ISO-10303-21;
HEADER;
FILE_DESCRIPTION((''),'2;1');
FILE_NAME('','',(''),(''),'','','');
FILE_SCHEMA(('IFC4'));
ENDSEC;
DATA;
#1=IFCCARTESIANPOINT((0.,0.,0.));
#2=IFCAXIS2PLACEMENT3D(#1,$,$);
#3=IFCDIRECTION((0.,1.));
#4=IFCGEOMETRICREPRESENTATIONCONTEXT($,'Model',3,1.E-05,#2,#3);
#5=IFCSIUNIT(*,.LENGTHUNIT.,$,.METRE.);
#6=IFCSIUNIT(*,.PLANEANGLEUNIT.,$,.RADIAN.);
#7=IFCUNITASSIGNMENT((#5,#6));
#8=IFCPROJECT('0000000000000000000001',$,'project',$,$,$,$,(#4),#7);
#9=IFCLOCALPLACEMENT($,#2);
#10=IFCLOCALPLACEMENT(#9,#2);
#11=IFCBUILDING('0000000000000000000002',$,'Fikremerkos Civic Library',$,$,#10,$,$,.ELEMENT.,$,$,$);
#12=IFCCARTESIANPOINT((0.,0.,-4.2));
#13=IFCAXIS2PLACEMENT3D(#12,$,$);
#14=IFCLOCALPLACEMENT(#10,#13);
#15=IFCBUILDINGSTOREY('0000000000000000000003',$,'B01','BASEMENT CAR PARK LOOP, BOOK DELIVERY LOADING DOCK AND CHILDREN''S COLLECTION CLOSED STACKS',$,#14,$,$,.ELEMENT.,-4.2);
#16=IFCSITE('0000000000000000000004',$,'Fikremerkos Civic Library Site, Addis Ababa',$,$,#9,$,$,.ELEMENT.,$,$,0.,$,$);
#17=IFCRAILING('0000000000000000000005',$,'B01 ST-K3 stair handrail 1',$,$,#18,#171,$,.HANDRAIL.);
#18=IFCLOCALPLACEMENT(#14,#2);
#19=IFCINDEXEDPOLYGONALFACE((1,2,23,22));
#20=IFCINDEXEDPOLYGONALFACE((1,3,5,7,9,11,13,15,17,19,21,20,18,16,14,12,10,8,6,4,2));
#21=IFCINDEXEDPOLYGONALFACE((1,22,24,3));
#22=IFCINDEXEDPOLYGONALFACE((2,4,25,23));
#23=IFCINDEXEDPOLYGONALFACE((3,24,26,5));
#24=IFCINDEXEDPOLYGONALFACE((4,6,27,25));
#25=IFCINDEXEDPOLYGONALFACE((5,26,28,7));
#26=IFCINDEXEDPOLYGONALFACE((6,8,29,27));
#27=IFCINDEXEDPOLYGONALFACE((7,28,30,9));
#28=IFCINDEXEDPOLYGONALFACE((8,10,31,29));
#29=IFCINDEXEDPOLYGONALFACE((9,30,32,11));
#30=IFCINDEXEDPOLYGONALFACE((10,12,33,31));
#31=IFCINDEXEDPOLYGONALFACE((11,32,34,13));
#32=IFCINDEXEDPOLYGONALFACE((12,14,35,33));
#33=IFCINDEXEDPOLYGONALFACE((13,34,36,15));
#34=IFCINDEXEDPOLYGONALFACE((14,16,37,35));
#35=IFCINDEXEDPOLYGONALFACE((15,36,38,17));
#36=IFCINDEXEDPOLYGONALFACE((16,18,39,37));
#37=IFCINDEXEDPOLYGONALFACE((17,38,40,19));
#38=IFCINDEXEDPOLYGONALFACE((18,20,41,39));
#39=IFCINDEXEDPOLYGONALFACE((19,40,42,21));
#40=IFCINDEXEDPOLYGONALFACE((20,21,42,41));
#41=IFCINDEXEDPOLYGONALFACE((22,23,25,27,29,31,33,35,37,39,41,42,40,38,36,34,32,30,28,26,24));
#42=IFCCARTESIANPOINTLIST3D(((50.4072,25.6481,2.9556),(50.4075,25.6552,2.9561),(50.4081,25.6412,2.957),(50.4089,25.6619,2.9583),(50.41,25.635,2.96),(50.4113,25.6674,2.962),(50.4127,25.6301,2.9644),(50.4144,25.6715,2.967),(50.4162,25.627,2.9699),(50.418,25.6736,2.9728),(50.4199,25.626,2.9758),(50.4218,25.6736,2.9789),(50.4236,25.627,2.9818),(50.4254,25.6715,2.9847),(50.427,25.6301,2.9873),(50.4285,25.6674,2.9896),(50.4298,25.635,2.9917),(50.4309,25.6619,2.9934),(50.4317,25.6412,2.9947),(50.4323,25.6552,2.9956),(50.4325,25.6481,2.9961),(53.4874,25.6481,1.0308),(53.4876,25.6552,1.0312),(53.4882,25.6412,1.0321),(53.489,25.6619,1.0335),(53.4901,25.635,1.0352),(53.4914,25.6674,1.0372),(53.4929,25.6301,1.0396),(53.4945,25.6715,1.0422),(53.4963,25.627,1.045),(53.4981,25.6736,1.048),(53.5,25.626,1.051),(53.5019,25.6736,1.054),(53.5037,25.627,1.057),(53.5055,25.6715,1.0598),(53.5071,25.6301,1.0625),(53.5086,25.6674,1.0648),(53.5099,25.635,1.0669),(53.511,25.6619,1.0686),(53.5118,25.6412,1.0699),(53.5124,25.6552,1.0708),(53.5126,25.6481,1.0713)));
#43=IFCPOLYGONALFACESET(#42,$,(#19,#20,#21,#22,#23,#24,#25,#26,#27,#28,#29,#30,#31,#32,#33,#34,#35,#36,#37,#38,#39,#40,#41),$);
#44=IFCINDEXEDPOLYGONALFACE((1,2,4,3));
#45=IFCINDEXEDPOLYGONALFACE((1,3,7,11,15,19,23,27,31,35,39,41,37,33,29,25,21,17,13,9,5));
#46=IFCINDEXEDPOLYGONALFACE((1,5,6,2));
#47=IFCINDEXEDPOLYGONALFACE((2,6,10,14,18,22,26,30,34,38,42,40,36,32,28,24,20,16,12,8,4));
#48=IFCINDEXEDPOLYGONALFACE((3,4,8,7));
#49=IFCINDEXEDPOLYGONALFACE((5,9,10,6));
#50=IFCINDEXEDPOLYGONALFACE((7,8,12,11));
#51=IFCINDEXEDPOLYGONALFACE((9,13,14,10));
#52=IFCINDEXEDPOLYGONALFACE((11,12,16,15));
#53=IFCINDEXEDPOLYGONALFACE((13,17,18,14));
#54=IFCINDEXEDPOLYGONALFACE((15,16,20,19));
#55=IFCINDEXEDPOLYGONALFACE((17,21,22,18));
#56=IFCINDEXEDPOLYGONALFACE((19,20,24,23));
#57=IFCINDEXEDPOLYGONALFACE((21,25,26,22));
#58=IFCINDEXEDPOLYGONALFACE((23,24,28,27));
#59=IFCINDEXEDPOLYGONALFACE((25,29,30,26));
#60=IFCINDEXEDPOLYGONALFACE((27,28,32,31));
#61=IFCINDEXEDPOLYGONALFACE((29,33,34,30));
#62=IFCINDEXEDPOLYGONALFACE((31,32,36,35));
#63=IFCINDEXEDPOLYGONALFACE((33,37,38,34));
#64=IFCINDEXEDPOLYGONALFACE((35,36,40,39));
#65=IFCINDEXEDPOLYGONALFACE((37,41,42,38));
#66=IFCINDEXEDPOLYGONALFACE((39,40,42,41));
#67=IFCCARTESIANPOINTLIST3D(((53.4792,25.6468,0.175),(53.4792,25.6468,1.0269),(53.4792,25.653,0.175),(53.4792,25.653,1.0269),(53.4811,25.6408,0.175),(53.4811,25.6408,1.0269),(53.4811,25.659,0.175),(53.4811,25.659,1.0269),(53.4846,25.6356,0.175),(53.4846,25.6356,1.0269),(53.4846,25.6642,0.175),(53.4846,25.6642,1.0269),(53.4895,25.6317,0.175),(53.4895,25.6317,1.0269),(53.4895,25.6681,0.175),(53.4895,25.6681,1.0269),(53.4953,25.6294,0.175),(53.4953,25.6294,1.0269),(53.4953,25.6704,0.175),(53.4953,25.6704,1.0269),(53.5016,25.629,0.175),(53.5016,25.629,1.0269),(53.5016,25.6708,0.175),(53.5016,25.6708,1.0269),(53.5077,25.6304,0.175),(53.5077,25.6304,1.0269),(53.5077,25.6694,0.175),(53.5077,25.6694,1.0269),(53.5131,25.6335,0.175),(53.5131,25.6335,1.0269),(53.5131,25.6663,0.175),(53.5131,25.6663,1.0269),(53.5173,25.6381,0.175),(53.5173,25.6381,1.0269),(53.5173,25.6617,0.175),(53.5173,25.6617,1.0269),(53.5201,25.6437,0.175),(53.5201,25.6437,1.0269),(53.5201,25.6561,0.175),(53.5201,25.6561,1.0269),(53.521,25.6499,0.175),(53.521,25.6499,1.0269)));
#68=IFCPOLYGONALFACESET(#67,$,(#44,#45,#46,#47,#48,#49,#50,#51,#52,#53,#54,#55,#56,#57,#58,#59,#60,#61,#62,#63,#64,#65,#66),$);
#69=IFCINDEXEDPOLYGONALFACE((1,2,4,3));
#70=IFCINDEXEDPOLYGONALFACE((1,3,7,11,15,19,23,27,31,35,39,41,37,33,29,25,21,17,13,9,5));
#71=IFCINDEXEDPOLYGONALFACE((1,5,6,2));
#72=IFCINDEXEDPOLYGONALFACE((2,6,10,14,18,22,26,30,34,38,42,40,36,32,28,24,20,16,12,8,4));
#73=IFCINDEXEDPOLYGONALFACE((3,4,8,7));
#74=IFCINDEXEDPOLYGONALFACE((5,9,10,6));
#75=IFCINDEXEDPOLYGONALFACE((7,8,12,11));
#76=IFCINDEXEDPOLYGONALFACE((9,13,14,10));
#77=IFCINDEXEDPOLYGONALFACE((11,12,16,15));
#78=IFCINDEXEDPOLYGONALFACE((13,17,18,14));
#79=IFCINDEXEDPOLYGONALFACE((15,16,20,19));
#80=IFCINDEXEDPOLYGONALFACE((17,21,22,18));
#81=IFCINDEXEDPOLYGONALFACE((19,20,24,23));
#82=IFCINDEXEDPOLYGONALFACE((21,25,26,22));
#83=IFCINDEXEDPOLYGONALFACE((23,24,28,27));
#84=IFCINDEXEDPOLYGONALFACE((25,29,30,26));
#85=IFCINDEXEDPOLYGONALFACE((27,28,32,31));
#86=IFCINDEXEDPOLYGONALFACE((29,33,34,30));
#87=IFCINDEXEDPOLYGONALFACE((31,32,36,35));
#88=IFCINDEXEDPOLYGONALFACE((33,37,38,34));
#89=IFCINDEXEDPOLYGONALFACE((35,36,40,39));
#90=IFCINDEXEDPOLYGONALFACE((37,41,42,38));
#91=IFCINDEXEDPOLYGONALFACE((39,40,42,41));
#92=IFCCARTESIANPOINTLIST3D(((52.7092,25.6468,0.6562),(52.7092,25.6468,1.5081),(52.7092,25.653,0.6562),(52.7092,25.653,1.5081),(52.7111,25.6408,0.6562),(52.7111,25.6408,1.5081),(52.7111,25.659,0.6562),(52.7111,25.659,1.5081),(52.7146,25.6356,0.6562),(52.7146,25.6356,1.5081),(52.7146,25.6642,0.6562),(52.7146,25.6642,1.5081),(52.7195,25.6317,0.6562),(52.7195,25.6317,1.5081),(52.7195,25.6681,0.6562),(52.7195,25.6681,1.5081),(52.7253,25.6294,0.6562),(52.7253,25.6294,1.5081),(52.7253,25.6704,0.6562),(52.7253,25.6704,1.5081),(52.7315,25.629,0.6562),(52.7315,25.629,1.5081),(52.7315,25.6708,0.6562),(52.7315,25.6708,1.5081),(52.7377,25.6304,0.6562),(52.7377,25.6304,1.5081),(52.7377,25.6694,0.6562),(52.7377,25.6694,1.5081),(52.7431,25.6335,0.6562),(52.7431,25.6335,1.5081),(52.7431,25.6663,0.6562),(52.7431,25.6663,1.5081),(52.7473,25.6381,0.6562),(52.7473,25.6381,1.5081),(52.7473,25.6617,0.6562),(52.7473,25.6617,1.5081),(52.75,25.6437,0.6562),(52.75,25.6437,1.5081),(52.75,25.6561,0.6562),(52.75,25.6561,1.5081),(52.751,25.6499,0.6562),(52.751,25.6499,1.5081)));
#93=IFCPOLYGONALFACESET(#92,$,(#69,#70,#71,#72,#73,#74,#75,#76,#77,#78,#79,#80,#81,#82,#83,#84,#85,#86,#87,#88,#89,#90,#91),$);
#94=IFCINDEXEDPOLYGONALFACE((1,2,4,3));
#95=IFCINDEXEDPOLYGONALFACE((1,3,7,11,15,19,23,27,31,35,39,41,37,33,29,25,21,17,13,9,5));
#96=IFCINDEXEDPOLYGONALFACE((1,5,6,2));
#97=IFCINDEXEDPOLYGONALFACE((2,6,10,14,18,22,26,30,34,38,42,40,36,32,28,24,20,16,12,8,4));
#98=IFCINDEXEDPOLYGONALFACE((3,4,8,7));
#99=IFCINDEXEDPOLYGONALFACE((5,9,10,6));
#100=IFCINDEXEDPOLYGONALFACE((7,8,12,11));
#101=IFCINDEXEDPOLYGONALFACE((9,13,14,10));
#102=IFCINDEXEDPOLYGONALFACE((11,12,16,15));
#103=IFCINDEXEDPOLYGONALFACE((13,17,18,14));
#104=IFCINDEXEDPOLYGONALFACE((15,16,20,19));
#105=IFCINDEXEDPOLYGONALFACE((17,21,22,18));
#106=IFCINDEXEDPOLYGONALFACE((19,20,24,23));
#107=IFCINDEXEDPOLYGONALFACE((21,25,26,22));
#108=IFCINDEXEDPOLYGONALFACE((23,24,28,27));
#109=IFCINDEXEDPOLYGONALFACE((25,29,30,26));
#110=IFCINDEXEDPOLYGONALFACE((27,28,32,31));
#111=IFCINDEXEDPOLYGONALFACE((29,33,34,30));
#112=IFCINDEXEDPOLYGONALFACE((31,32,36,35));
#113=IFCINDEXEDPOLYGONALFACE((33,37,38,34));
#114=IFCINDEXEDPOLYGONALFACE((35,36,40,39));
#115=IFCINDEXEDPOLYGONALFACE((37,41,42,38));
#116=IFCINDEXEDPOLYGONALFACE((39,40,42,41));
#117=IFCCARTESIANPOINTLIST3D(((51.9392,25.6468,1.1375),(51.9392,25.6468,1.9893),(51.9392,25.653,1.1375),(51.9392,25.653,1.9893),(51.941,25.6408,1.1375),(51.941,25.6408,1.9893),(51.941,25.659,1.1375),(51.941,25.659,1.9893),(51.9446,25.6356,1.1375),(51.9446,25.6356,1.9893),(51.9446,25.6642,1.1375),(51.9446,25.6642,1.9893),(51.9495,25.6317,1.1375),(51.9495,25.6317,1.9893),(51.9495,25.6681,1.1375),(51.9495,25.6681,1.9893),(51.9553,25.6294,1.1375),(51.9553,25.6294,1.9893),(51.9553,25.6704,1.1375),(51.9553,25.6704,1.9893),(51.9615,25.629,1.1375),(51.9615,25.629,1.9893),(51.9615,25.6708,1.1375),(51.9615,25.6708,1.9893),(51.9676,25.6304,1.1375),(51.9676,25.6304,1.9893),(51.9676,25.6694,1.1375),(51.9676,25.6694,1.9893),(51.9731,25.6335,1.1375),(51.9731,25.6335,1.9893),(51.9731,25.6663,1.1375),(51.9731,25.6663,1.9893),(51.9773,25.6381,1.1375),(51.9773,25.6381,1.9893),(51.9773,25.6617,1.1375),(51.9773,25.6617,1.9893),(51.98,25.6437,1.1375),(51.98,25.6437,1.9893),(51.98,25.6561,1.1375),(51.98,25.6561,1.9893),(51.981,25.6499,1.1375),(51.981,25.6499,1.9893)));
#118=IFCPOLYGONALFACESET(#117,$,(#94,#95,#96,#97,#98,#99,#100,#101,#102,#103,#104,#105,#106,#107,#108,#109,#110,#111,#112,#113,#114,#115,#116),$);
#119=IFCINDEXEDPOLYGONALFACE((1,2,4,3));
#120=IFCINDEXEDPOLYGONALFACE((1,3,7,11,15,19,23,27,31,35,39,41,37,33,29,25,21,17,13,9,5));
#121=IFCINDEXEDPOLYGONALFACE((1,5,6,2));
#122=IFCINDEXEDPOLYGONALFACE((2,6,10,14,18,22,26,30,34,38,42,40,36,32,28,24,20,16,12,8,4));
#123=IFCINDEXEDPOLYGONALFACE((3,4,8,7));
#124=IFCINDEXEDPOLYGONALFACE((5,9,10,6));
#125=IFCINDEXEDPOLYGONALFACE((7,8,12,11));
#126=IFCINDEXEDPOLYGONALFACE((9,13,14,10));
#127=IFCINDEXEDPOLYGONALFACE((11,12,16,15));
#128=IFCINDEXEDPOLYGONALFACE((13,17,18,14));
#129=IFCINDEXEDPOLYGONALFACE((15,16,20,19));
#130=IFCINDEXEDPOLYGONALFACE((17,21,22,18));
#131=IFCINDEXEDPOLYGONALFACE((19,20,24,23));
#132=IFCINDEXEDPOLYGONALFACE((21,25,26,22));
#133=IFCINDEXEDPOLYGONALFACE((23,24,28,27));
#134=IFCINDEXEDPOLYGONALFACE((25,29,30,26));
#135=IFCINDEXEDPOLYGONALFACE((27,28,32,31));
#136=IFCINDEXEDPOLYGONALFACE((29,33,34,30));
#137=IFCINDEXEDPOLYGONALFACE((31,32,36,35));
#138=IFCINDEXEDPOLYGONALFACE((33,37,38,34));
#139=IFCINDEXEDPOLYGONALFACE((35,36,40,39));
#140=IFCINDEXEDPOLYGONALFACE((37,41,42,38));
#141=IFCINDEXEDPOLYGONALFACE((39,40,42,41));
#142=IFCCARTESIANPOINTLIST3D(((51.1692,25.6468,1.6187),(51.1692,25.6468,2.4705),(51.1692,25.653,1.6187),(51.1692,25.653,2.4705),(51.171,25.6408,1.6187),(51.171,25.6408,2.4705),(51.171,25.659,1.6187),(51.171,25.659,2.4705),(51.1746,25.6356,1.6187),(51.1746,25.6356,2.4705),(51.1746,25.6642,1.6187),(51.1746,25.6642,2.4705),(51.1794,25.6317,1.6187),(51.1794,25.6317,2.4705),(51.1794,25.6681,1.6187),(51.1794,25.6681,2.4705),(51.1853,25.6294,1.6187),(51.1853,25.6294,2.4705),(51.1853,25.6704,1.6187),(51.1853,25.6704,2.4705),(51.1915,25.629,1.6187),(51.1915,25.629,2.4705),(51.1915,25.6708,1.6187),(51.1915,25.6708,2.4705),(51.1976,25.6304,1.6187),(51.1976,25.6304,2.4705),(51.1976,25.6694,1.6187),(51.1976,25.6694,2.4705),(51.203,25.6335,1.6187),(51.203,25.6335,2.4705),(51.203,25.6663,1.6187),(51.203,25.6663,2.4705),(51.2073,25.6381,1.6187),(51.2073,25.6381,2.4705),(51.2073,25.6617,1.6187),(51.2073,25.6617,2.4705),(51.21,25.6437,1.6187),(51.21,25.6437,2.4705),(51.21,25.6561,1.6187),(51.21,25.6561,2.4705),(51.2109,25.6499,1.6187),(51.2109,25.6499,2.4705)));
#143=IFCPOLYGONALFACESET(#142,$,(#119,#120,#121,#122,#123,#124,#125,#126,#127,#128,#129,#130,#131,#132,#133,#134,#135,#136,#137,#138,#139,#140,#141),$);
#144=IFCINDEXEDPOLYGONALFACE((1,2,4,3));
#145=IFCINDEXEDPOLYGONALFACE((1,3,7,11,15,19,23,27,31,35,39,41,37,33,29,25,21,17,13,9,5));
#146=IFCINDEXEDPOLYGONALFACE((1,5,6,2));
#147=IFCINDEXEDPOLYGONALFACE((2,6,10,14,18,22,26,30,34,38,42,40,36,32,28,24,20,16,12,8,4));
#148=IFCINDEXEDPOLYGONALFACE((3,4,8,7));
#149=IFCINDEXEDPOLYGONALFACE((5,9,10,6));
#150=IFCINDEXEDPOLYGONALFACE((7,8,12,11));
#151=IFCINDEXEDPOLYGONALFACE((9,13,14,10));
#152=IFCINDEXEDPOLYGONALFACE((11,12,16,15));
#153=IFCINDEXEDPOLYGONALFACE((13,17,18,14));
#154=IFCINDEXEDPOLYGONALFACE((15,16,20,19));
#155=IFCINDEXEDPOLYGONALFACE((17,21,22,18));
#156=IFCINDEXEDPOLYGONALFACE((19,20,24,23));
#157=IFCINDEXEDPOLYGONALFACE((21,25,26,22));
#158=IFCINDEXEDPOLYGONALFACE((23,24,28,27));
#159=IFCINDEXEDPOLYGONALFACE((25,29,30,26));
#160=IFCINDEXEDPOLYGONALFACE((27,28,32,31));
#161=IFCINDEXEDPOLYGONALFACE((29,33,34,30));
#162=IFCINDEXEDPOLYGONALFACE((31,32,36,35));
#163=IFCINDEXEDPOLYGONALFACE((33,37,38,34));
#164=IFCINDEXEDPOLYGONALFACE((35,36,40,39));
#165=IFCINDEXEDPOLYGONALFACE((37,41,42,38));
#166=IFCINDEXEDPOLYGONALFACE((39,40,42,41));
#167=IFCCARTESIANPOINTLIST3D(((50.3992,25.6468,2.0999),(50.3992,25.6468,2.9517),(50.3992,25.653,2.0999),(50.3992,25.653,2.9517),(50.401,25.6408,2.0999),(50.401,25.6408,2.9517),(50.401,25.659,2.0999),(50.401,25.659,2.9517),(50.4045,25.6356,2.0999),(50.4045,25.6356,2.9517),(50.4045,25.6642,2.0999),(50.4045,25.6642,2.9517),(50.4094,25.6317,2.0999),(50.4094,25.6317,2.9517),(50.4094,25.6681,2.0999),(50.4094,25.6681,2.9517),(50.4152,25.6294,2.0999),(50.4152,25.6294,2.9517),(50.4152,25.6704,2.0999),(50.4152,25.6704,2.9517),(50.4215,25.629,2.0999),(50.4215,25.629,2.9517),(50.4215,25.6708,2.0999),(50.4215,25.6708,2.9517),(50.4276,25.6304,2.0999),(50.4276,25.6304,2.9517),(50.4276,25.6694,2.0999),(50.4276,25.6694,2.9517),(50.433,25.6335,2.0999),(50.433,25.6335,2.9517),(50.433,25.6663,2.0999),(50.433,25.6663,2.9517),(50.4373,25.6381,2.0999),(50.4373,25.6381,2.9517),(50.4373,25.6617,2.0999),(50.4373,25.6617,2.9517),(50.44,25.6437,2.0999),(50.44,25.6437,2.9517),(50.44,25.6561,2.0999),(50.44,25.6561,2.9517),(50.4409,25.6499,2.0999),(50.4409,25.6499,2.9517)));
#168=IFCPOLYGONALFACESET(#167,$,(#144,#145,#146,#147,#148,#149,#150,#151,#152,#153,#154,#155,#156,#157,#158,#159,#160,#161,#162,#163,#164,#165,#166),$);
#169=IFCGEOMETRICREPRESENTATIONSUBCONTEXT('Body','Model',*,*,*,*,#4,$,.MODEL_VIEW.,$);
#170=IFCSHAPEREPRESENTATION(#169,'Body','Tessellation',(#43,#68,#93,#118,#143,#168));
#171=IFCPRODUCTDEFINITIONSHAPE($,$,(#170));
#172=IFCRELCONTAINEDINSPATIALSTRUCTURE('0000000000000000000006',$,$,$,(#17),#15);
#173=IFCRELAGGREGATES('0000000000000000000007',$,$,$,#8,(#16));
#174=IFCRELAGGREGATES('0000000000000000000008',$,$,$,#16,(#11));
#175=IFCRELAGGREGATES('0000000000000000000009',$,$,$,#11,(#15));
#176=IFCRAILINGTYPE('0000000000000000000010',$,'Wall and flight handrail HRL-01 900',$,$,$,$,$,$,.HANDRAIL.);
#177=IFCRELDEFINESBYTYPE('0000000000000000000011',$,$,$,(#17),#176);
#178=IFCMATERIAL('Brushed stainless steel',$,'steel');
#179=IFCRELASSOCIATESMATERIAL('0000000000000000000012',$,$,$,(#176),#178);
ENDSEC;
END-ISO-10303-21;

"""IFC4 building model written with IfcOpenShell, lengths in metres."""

from ifc_helpers import new_model, si_unit, direction, frame, origin, origin_2d, place, context, subcontext, project, spatial, circle, extrude, material, type_object, element, save


model = new_model("IFC4")

# Units and contexts
model_context = context("Model", 3, precision=1e-05, world=origin(), true_north=direction((0.0, 1.0)))
body_context = subcontext(model_context, "Body", "Model", "MODEL_VIEW")
ifc_project = project(units=[si_unit("LENGTHUNIT", "METRE"), si_unit("PLANEANGLEUNIT", "RADIAN")], contexts=[model_context])

# Site, building, storey
site_placement = place(None, origin())
site = spatial("IfcSite", under=ifc_project, at=site_placement, Name="Fikremerkos Civic Library Site, Addis Ababa", CompositionType="ELEMENT", RefElevation=0.0)
building_placement = place(site_placement, origin())
building = spatial("IfcBuilding", under=site, at=building_placement, Name="Fikremerkos Civic Library", CompositionType="ELEMENT")
storey_placement = place(building_placement, frame((0.0, 0.0, -4.2)))
storey = spatial("IfcBuildingStorey", under=building, at=storey_placement, Name="B01", Description="BASEMENT CAR PARK LOOP, BOOK DELIVERY LOADING DOCK AND CHILDREN'S COLLECTION CLOSED STACKS", CompositionType="ELEMENT", Elevation=-4.2)

# Railing
ifc_material_1 = material(Name="Brushed stainless steel", Category="steel")
railing_type_1 = type_object("IfcRailingType", Name="Wall and flight handrail HRL-01 900", PredefinedType="HANDRAIL", material=ifc_material_1)
railing_1_placement = place(storey_placement, frame((53.5, 25.6499, 0.175)))
element("IfcRailing", 1, at=railing_1_placement, inside=storey, type_object=railing_type_1, Name="B01 ST-K3 stair handrail 1", PredefinedType="HANDRAIL", context=body_context, shape_type="SweptSolid", body=[
    extrude(circle(Radius=0.0239, at=origin_2d()), frame((0.0, 0.0, 0.876), z_axis=(-0.848029, 0.0, 0.529951), x_axis=(0.0, -1.0, 0.0)), (0.0, 0.0, 1.0), 3.6321),
    extrude(circle(Radius=0.021, at=origin_2d()), origin(), (0.0, 0.0, 1.0), 0.8518),
    extrude(circle(Radius=0.021, at=origin_2d()), frame((-0.77, 0.0, 0.4812)), (0.0, 0.0, 1.0), 0.8518),
    extrude(circle(Radius=0.021, at=origin_2d()), frame((-1.54, 0.0, 0.9624)), (0.0, 0.0, 1.0), 0.8518),
    extrude(circle(Radius=0.021, at=origin_2d()), frame((-2.3101, 0.0, 1.4436)), (0.0, 0.0, 1.0), 0.8518),
    extrude(circle(Radius=0.021, at=origin_2d()), frame((-3.0801, 0.0, 1.9248)), (0.0, 0.0, 1.0), 0.8518),
])

save(model, "model.ifc")
